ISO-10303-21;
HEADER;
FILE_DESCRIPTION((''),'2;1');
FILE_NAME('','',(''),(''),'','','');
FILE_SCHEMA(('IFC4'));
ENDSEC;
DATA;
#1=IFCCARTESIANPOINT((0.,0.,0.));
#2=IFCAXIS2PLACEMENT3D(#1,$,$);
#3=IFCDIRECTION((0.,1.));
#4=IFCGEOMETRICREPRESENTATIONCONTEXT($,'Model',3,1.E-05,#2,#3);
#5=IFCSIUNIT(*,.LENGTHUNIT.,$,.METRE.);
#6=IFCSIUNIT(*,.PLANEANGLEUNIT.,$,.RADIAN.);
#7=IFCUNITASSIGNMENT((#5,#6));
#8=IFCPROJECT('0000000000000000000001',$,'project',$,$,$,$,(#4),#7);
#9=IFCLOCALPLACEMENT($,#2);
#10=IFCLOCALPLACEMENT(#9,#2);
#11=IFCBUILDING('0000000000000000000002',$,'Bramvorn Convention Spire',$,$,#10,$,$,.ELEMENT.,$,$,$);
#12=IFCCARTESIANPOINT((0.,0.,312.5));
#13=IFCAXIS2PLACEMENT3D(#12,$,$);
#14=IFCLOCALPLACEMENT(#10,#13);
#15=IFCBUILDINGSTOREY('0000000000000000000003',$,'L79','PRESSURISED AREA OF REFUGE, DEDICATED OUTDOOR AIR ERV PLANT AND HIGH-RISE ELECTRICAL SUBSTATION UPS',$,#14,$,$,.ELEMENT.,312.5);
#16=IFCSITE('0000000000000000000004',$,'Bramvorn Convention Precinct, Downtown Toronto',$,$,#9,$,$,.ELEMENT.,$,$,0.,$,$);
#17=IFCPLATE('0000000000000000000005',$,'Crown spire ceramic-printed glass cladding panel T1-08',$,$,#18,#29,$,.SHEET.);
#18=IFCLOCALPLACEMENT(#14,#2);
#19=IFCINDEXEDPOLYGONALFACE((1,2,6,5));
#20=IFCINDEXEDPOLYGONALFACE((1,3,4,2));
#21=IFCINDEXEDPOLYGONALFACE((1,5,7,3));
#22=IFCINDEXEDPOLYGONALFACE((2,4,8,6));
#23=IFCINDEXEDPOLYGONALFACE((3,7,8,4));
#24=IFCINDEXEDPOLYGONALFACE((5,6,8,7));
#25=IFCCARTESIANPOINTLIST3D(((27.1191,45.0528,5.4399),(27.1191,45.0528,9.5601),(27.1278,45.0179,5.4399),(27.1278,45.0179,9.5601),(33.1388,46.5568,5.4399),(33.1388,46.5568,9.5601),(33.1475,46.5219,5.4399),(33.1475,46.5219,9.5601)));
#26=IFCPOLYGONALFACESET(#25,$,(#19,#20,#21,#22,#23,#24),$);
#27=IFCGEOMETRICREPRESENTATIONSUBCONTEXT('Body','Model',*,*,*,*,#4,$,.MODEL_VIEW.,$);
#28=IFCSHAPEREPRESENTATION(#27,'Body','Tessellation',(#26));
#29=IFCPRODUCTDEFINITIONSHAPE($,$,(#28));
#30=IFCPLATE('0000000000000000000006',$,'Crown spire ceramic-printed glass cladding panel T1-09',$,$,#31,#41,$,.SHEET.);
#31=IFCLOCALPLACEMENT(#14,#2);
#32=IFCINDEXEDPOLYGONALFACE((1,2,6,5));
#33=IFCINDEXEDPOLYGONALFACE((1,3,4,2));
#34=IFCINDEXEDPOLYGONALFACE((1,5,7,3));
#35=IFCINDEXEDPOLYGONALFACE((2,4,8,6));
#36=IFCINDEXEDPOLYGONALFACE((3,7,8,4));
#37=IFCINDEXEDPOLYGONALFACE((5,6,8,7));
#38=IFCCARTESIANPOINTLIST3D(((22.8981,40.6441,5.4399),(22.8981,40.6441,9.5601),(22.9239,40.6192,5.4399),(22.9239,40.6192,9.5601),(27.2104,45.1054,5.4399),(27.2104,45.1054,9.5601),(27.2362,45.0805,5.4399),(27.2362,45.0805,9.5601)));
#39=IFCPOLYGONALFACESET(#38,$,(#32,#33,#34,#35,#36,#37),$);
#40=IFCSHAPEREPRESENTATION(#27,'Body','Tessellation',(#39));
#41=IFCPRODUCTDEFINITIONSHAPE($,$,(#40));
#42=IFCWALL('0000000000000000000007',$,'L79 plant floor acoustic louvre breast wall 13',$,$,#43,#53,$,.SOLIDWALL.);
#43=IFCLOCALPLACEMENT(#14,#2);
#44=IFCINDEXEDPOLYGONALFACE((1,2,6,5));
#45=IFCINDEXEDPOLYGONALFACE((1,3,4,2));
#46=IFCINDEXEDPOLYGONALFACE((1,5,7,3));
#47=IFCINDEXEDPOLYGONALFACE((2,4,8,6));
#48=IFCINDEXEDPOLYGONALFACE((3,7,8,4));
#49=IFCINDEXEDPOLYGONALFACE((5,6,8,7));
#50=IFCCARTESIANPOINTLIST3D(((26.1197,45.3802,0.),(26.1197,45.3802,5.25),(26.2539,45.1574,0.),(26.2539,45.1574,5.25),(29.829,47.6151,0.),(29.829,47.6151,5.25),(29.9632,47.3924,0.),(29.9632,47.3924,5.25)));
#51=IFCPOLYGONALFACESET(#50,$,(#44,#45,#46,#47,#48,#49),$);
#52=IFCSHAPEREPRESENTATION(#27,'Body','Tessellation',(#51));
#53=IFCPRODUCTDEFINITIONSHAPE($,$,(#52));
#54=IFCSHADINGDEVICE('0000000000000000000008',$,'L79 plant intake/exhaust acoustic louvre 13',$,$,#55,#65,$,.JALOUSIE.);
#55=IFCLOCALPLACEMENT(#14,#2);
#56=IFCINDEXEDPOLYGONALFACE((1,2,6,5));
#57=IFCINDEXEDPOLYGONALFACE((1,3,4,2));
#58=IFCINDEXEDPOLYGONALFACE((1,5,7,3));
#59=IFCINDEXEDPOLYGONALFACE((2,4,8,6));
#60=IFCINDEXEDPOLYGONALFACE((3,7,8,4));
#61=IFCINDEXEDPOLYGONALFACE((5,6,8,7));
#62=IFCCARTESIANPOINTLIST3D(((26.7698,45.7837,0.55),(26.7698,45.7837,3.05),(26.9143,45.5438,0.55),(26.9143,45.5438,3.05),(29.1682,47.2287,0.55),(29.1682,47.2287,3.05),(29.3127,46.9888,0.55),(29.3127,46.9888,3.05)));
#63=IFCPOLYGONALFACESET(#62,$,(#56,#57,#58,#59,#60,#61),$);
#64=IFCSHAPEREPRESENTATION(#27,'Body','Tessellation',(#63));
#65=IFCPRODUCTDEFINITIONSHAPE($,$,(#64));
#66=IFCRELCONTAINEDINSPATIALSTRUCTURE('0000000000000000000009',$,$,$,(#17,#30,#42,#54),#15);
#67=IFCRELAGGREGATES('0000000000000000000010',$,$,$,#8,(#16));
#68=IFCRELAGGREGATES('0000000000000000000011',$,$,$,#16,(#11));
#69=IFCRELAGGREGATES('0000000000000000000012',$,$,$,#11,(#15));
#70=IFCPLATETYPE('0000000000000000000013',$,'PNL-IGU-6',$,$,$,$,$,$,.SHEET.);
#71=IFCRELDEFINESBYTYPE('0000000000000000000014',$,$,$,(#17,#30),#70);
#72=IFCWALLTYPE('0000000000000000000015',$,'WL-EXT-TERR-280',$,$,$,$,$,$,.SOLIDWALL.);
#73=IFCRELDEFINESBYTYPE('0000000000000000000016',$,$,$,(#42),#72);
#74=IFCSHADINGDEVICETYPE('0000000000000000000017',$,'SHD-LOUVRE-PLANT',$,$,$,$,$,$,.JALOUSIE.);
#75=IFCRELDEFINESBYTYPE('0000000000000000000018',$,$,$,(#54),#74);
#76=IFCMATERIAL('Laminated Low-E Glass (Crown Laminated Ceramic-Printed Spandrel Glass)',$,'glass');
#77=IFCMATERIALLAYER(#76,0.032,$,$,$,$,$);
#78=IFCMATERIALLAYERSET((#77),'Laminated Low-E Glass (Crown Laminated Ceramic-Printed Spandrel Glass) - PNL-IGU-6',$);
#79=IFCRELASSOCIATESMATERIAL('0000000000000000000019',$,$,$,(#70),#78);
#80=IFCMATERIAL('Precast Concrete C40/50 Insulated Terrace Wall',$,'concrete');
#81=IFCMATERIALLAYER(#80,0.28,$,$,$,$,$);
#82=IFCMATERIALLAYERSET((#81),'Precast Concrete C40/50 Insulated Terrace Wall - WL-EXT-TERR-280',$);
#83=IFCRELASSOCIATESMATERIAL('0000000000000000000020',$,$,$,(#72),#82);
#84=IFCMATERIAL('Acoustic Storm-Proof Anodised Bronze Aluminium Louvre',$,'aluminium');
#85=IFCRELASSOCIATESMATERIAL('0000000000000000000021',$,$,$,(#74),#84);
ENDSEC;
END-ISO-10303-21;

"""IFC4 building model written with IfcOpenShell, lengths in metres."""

from ifc_helpers import new_model, si_unit, direction, frame, frame_2d, origin, origin_2d, place, context, subcontext, project, spatial, rectangle, extrude, material, layer, layer_set, type_object, element, save


model = new_model("IFC4")

# Units and contexts
model_context = context("Model", 3, precision=1e-05, world=origin(), true_north=direction((0.0, 1.0)))
body_context = subcontext(model_context, "Body", "Model", "MODEL_VIEW")
ifc_project = project(units=[si_unit("LENGTHUNIT", "METRE"), si_unit("PLANEANGLEUNIT", "RADIAN")], contexts=[model_context])

# Site, building, storey
site_placement = place(None, origin())
site = spatial("IfcSite", under=ifc_project, at=site_placement, Name="Bramvorn Convention Precinct, Downtown Toronto", CompositionType="ELEMENT", RefElevation=0.0)
building_placement = place(site_placement, origin())
building = spatial("IfcBuilding", under=site, at=building_placement, Name="Bramvorn Convention Spire", CompositionType="ELEMENT")
storey_placement = place(building_placement, frame((0.0, 0.0, 312.5)))
storey = spatial("IfcBuildingStorey", under=building, at=storey_placement, Name="L79", Description="PRESSURISED AREA OF REFUGE, DEDICATED OUTDOOR AIR ERV PLANT AND HIGH-RISE ELECTRICAL SUBSTATION UPS", CompositionType="ELEMENT", Elevation=312.5)

# Plates
ifc_material_1 = material(Name="Laminated Low-E Glass (Crown Laminated Ceramic-Printed Spandrel Glass)", Category="glass")
ifc_layer_1 = layer(ifc_material_1, 0.032)
ifc_layer_set_1 = layer_set([ifc_layer_1], Name="Laminated Low-E Glass (Crown Laminated Ceramic-Printed Spandrel Glass) - PNL-IGU-6")
plate_type_1 = type_object("IfcPlateType", Name="PNL-IGU-6", PredefinedType="SHEET", material=ifc_layer_set_1)
for number, where, z_axis, x_axis, name in (
    (1, (30.1333, 45.7874, 5.4399), (0.0, 0.0, 1.0), (-0.970178, -0.242393, 0.0), "Crown spire ceramic-printed glass cladding panel T1-08"),
    (2, (25.0671, 42.8623, 5.4399), (0.0, 0.0, 1.0), (-0.694999, -0.71901, 0.0), "Crown spire ceramic-printed glass cladding panel T1-09"),
):
    element("IfcPlate", number, at=place(storey_placement, frame(where, z_axis=z_axis, x_axis=x_axis)), inside=storey, type_object=plate_type_1, Name=name, PredefinedType="SHEET", context=body_context, shape_type="SweptSolid", body=[
        extrude(rectangle(XDim=6.2048, YDim=0.0359, at=origin_2d()), origin(), (0.0, 0.0, 1.0), 4.1201),
    ])

# Wall
ifc_material_2 = material(Name="Precast Concrete C40/50 Insulated Terrace Wall", Category="concrete")
ifc_layer_2 = layer(ifc_material_2, 0.28)
ifc_layer_set_2 = layer_set([ifc_layer_2], Name="Precast Concrete C40/50 Insulated Terrace Wall - WL-EXT-TERR-280")
wall_type = type_object("IfcWallType", Name="WL-EXT-TERR-280", PredefinedType="SOLIDWALL", material=ifc_layer_set_2)
wall_placement = place(storey_placement, frame((26.1868, 45.2688, 0.0), z_axis=(0.0, 0.0, 1.0), x_axis=(0.856541, 0.516078, 0.0)))
element("IfcWall", 3, at=wall_placement, inside=storey, type_object=wall_type, Name="L79 plant floor acoustic louvre breast wall 13", PredefinedType="SOLIDWALL", context=body_context, shape_type="SweptSolid", body=[
    extrude(rectangle(XDim=4.3306, YDim=0.26, at=frame_2d((2.1653, 0.0))), origin(), (0.0, 0.0, 1.0), 5.25),
])

# Shading device
ifc_material_3 = material(Name="Acoustic Storm-Proof Anodised Bronze Aluminium Louvre", Category="aluminium")
shading_device_type = type_object("IfcShadingDeviceType", Name="SHD-LOUVRE-PLANT", PredefinedType="JALOUSIE", material=ifc_material_3)
shading_device_placement = place(storey_placement, frame((28.0413, 46.3862, 0.55), z_axis=(0.0, 0.0, 1.0), x_axis=(0.85655, 0.516064, 0.0)))
element("IfcShadingDevice", 4, at=shading_device_placement, inside=storey, type_object=shading_device_type, Name="L79 plant intake/exhaust acoustic louvre 13", PredefinedType="JALOUSIE", context=body_context, shape_type="SweptSolid", body=[
    extrude(rectangle(XDim=2.8, YDim=0.28, at=origin_2d()), origin(), (0.0, 0.0, 1.0), 2.5),
])

save(model, "model.ifc")
